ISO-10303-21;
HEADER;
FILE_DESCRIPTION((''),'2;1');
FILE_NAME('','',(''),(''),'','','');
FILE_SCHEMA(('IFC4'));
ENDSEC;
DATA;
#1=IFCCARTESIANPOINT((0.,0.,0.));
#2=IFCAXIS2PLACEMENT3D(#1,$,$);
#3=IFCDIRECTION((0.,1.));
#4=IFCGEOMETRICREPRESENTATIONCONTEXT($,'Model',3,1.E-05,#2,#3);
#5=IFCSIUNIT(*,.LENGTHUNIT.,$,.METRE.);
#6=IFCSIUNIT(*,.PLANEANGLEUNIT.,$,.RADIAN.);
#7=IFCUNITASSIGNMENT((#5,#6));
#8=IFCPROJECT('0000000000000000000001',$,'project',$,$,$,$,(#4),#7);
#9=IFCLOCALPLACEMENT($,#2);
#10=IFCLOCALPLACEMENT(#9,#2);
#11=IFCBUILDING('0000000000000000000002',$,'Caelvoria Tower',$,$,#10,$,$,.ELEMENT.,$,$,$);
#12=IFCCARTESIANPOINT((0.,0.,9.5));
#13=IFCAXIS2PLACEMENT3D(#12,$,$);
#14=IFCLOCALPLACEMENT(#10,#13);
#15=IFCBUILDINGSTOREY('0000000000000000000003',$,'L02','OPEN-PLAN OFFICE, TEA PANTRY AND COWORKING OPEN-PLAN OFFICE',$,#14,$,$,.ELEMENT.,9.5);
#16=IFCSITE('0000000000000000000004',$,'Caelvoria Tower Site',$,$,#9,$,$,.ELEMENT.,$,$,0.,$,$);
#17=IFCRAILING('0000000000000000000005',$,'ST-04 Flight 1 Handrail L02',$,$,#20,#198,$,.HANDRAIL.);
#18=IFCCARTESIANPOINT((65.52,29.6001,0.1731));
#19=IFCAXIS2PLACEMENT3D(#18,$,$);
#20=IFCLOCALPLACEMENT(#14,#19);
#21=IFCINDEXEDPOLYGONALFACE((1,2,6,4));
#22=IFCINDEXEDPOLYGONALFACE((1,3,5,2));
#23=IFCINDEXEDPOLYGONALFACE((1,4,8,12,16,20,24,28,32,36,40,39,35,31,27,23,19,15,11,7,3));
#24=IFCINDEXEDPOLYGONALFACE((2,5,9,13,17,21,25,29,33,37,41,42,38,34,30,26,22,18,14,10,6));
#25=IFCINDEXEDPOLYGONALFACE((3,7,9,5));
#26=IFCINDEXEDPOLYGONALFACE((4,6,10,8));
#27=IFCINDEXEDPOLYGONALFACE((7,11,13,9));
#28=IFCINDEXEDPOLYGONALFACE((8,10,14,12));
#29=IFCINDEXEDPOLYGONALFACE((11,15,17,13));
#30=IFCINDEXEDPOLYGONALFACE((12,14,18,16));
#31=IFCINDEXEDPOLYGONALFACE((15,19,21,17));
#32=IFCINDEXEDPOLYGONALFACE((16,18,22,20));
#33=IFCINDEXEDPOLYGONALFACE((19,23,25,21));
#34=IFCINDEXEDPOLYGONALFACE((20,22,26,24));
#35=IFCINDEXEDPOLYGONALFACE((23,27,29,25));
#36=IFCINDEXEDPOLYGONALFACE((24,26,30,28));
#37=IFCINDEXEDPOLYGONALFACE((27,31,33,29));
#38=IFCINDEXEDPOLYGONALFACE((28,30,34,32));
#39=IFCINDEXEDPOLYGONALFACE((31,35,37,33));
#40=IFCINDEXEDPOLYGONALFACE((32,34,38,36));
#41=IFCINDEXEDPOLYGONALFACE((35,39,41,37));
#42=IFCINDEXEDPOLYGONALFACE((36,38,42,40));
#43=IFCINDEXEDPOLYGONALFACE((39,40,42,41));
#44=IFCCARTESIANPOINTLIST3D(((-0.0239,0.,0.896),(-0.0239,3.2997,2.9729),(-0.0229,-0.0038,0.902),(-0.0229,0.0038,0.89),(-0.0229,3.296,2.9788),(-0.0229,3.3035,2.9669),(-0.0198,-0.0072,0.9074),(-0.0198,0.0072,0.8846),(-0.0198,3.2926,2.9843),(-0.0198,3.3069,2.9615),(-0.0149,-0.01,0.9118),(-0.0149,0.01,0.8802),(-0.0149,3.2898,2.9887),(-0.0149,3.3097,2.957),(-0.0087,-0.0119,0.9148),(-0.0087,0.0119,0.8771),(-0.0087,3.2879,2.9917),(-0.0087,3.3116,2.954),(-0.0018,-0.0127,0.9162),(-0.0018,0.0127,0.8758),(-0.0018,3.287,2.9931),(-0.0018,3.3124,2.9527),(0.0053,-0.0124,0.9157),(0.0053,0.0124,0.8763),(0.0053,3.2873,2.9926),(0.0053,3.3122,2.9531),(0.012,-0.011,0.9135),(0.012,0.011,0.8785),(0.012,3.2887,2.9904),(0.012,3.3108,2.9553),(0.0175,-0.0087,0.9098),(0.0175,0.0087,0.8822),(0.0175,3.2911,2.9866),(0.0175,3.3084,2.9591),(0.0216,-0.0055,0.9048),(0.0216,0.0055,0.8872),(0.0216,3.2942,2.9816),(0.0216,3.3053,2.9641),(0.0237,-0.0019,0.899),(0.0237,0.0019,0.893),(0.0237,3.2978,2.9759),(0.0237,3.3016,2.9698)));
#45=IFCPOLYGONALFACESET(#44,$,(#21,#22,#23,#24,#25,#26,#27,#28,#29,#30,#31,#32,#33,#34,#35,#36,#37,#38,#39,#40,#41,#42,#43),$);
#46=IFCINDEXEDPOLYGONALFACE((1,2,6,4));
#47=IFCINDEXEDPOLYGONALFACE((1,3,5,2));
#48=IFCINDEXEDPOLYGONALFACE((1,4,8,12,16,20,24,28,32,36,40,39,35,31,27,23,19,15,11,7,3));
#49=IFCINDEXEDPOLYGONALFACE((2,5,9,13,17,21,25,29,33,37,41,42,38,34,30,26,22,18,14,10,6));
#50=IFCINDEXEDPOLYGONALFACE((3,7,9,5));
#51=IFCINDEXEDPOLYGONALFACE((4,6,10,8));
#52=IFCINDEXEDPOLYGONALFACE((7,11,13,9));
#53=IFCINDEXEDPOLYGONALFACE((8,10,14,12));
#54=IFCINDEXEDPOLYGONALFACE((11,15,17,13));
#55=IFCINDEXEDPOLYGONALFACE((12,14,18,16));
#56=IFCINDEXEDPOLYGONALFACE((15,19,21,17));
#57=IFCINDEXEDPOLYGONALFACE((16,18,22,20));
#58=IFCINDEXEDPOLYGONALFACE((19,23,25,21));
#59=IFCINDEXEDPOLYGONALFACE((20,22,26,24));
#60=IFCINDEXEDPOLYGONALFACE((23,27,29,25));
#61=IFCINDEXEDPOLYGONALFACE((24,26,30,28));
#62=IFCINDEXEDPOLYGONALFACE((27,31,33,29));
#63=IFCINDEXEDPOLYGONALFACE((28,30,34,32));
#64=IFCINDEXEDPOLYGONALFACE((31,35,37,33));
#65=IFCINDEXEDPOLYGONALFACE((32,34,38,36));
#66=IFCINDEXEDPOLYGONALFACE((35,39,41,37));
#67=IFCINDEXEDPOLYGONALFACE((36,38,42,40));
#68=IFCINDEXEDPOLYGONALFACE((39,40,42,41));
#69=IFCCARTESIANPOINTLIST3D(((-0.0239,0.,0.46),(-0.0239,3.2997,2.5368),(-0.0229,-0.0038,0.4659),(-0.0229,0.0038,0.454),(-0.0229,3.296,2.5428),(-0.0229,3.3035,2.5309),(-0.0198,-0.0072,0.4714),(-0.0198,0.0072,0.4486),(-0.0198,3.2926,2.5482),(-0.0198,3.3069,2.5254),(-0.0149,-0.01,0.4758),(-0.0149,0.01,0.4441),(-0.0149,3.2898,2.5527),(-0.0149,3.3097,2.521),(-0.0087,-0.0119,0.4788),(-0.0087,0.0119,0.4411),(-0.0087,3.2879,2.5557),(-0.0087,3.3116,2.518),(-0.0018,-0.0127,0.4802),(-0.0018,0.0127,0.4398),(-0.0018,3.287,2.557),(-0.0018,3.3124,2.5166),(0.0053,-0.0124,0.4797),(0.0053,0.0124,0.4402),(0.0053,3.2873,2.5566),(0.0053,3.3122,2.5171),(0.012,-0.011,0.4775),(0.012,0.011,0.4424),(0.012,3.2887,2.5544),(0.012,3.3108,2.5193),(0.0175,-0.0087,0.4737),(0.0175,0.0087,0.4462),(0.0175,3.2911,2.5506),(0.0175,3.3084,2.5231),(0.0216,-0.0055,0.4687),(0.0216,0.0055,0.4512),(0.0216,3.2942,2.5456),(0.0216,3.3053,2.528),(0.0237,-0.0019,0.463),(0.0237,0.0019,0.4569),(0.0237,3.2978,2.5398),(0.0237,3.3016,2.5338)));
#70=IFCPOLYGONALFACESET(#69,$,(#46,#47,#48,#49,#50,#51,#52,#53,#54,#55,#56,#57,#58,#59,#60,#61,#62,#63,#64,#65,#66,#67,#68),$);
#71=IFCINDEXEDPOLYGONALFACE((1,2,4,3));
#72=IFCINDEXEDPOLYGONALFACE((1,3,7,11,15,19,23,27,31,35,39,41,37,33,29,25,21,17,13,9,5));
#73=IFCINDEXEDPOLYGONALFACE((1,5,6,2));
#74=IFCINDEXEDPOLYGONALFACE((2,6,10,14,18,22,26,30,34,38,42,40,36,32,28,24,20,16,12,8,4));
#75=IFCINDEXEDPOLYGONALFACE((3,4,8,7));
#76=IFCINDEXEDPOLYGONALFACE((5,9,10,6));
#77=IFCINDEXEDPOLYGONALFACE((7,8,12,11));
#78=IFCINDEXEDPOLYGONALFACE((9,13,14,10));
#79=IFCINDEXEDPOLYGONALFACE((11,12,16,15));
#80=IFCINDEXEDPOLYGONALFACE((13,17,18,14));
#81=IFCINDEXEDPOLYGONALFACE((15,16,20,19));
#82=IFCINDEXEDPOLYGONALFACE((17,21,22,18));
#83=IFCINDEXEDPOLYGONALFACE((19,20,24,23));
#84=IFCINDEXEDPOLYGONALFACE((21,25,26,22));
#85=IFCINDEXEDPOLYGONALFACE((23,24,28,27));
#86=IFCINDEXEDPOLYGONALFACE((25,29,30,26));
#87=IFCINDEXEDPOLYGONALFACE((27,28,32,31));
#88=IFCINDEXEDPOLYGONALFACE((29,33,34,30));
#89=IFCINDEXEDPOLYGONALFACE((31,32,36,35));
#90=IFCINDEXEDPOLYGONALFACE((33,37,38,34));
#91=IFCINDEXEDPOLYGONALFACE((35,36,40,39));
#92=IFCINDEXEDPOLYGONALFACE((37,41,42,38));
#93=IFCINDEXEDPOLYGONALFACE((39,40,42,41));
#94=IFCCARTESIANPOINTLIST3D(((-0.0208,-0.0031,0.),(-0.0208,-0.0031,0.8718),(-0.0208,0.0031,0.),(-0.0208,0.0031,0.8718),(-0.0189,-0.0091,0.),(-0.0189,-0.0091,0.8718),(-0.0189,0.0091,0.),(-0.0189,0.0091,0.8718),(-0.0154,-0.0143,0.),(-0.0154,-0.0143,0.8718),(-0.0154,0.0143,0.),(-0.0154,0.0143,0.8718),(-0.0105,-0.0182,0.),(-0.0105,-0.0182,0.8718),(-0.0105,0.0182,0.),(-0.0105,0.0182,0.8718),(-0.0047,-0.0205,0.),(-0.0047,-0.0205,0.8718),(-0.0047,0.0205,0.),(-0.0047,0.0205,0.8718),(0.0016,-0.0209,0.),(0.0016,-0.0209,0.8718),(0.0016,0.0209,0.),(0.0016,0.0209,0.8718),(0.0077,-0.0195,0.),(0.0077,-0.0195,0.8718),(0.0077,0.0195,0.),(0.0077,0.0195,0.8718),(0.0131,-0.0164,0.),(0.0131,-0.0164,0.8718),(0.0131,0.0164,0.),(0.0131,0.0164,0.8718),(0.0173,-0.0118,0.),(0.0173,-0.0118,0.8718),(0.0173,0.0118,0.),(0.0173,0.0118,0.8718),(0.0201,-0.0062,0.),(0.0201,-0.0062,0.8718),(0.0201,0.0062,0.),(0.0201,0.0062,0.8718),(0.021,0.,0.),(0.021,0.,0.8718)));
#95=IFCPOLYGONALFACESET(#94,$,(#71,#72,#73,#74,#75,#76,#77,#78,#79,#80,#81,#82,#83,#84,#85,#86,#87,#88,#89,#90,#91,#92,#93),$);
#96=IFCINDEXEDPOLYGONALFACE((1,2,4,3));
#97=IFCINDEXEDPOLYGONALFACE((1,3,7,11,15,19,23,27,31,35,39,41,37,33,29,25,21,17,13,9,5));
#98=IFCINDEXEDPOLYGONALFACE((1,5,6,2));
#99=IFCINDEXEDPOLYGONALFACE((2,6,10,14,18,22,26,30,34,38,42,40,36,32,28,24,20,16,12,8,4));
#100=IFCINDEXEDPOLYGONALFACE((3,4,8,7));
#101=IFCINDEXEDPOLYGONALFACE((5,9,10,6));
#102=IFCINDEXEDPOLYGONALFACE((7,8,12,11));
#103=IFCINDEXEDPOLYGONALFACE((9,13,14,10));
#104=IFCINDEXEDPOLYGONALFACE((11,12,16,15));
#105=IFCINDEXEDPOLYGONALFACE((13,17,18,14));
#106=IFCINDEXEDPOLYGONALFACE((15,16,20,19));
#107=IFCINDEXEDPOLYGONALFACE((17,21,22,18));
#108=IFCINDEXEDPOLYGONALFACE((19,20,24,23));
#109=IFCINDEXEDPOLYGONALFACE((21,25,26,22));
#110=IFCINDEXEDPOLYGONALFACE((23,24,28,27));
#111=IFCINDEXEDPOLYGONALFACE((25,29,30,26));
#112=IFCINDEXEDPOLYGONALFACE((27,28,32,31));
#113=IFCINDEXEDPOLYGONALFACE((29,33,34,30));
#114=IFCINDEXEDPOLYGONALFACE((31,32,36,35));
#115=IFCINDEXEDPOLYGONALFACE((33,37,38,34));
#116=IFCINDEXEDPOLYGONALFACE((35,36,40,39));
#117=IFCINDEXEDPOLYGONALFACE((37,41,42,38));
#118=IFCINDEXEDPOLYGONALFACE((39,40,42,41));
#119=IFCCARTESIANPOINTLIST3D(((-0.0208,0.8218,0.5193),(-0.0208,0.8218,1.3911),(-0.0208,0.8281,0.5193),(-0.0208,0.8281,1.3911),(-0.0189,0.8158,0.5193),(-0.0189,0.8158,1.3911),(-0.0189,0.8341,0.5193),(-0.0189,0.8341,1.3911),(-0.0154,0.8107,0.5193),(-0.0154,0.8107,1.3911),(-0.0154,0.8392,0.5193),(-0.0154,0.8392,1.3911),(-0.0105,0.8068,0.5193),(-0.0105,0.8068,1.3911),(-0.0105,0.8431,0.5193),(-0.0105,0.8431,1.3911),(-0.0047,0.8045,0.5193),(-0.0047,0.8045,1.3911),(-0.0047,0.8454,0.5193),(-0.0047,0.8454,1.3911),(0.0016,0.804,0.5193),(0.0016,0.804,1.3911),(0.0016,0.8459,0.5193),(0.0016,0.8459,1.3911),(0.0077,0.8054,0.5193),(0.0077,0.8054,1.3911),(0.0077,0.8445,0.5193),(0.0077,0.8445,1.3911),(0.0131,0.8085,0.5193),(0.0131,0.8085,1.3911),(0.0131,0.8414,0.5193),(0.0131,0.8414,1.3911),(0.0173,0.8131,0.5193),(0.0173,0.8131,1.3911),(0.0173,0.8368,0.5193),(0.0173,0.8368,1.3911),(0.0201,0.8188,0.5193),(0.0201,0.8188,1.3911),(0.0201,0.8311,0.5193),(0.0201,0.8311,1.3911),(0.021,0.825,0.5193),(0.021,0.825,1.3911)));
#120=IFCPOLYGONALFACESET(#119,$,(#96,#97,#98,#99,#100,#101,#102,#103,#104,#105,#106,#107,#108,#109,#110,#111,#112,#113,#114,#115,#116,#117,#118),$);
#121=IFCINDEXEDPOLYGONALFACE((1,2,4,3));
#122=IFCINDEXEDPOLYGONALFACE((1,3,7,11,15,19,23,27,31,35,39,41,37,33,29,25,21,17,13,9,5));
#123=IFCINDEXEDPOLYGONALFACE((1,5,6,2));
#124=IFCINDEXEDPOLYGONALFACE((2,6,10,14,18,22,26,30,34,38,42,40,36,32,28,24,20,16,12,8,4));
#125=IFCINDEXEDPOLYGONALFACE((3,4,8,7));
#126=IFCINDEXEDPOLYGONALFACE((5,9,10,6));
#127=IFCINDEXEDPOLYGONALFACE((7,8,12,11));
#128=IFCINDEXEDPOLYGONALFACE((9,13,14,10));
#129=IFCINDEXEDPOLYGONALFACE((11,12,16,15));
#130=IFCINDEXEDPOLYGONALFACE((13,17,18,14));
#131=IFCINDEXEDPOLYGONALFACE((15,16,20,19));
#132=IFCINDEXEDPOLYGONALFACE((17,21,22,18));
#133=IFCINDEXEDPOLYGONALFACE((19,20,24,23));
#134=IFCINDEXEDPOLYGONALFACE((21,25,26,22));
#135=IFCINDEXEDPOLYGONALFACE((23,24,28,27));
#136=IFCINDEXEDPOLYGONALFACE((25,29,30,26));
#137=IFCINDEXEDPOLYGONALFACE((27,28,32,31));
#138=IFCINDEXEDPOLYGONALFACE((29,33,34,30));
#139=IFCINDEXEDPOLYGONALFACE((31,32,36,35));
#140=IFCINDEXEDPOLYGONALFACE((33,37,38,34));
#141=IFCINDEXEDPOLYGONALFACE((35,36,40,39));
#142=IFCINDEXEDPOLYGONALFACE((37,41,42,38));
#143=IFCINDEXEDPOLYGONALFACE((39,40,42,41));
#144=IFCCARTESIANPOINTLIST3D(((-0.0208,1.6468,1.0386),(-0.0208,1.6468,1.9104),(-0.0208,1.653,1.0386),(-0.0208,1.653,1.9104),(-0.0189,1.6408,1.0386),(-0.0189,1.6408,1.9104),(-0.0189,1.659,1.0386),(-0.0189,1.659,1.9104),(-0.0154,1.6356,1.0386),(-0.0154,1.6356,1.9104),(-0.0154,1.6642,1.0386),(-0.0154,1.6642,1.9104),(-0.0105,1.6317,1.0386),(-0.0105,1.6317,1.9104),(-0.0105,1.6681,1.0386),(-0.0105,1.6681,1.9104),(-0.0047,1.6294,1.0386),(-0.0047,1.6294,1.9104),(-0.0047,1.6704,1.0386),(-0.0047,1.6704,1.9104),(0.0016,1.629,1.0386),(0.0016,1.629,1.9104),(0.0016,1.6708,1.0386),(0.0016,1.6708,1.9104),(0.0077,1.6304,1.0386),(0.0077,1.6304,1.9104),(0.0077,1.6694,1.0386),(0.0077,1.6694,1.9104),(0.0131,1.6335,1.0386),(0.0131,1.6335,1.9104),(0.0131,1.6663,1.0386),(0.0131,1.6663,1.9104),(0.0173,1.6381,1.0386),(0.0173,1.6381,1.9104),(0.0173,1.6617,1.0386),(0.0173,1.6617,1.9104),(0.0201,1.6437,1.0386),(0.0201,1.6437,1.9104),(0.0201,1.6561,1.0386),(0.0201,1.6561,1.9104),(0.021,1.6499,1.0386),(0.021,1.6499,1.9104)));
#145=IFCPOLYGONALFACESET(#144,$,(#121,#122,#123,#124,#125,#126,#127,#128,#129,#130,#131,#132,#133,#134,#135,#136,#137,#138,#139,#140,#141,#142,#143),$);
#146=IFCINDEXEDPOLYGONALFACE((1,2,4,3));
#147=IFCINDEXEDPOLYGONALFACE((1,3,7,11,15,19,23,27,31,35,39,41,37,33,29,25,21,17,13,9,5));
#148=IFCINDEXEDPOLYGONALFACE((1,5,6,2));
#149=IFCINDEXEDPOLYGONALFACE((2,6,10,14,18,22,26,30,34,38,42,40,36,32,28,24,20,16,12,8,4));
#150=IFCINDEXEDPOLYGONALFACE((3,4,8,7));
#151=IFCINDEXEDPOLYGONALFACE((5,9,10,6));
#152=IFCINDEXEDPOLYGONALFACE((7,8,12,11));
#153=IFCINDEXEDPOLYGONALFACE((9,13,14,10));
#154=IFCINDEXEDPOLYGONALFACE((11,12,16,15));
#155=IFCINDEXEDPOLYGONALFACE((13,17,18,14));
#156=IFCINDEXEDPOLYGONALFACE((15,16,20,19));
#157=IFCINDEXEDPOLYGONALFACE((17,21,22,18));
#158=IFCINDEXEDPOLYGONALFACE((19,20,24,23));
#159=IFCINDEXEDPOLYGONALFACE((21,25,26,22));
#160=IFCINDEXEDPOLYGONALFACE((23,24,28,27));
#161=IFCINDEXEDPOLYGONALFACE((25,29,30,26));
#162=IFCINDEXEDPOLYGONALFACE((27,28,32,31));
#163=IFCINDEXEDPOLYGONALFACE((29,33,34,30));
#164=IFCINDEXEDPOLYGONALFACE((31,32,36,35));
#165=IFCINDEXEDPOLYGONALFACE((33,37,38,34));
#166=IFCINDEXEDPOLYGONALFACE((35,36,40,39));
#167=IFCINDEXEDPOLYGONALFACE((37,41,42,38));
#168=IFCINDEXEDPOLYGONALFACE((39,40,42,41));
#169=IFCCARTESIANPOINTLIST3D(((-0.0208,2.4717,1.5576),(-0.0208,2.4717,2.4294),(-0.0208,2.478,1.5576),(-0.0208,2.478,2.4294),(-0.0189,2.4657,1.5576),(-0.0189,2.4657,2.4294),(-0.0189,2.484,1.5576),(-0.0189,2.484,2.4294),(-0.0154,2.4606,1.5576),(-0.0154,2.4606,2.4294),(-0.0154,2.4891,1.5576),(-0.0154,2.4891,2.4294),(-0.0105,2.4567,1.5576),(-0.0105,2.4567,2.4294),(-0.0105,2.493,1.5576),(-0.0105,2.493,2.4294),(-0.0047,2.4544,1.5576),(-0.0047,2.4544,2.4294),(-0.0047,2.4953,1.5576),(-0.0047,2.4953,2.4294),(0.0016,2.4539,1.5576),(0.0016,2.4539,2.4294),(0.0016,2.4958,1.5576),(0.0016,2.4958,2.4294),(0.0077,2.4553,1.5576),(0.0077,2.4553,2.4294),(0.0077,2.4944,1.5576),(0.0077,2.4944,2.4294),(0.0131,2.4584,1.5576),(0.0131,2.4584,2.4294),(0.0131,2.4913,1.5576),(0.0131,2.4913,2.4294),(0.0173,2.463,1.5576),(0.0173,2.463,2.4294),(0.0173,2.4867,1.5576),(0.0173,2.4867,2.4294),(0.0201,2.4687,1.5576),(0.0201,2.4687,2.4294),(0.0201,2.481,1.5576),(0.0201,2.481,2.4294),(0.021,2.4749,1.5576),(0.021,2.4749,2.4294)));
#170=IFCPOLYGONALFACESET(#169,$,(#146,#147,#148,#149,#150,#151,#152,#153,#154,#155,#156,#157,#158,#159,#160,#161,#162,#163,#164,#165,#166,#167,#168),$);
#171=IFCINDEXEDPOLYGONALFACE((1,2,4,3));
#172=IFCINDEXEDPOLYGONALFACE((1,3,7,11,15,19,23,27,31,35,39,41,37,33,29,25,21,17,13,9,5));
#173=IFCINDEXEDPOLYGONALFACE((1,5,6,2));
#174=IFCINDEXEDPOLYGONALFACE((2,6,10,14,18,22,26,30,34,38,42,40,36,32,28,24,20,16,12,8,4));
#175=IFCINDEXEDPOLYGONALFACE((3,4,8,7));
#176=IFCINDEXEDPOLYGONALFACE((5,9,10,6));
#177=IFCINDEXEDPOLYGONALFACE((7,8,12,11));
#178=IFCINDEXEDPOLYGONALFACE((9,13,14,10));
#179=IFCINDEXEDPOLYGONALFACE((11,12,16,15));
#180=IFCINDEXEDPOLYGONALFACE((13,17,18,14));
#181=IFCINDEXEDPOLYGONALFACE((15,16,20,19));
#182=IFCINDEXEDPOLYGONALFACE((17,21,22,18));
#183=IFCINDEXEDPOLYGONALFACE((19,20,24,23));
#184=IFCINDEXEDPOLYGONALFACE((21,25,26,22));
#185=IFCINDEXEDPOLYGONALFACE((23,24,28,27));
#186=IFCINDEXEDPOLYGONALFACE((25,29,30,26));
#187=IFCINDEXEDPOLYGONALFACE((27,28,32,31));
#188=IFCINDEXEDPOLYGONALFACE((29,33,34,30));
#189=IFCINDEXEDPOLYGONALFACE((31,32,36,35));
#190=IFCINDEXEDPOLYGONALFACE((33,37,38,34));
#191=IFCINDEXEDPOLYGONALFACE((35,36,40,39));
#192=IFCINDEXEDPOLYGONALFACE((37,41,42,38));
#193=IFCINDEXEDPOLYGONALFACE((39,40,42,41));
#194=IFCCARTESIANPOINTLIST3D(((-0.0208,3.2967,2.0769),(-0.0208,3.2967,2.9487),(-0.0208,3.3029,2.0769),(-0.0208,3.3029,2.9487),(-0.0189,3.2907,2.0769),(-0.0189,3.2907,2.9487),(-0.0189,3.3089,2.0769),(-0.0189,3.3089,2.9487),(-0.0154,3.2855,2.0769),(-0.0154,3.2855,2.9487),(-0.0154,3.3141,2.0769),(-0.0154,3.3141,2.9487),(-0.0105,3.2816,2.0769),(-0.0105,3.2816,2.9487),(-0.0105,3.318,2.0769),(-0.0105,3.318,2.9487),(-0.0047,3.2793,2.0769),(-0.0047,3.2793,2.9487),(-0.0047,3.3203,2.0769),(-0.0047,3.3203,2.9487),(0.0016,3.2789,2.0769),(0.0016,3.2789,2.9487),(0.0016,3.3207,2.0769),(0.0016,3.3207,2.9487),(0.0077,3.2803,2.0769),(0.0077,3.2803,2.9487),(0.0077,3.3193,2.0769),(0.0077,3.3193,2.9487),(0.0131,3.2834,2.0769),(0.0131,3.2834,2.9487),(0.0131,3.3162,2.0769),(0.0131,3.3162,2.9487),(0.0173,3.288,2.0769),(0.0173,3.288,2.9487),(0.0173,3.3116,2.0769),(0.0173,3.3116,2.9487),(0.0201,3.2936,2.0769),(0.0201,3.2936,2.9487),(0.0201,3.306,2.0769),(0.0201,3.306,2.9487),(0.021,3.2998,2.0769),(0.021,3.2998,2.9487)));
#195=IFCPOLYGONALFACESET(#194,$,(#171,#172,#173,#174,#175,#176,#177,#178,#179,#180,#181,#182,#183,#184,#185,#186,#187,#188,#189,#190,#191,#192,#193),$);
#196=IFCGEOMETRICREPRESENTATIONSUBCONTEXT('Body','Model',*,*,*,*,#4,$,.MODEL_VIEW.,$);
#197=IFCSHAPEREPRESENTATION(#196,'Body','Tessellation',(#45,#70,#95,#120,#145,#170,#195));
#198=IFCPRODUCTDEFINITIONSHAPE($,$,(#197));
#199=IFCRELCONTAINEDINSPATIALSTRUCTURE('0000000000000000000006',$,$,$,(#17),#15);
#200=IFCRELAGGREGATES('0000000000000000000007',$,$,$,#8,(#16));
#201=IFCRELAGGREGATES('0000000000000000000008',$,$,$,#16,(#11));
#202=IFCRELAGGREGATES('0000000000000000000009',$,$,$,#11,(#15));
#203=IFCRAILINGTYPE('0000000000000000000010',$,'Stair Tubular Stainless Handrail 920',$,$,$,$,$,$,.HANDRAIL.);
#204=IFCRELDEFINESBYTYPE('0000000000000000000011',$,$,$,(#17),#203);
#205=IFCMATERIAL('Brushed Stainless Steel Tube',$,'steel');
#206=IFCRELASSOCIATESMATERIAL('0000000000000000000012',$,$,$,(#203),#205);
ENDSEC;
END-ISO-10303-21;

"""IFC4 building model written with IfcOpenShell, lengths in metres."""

from ifc_helpers import new_model, si_unit, direction, frame, origin, origin_2d, place, context, subcontext, project, spatial, circle, extrude, material, type_object, element, save


model = new_model("IFC4")

# Units and contexts
model_context = context("Model", 3, precision=1e-05, world=origin(), true_north=direction((0.0, 1.0)))
body_context = subcontext(model_context, "Body", "Model", "MODEL_VIEW")
ifc_project = project(units=[si_unit("LENGTHUNIT", "METRE"), si_unit("PLANEANGLEUNIT", "RADIAN")], contexts=[model_context])

# Site, building, storey
site_placement = place(None, origin())
site = spatial("IfcSite", under=ifc_project, at=site_placement, Name="Caelvoria Tower Site", CompositionType="ELEMENT", RefElevation=0.0)
building_placement = place(site_placement, origin())
building = spatial("IfcBuilding", under=site, at=building_placement, Name="Caelvoria Tower", CompositionType="ELEMENT")
storey_placement = place(building_placement, frame((0.0, 0.0, 9.5)))
storey = spatial("IfcBuildingStorey", under=building, at=storey_placement, Name="L02", Description="OPEN-PLAN OFFICE, TEA PANTRY AND COWORKING OPEN-PLAN OFFICE", CompositionType="ELEMENT", Elevation=9.5)

# Railing
ifc_material_1 = material(Name="Brushed Stainless Steel Tube", Category="steel")
railing_type = type_object("IfcRailingType", Name="Stair Tubular Stainless Handrail 920", PredefinedType="HANDRAIL", material=ifc_material_1)
railing_placement = place(storey_placement, frame((65.52, 29.6001, 0.1731)))
element("IfcRailing", 1, at=railing_placement, inside=storey, type_object=railing_type, Name="ST-04 Flight 1 Handrail L02", PredefinedType="HANDRAIL", context=body_context, shape_type="SweptSolid", body=[
    extrude(circle(Radius=0.0239, at=origin_2d()), frame((0.0, 0.0, 0.896), z_axis=(0.0, 0.84632, 0.532675), x_axis=(-1.0, 0.0, 0.0)), (0.0, 0.0, 1.0), 3.8989),
    extrude(circle(Radius=0.0239, at=origin_2d()), frame((0.0, 0.0, 0.46), z_axis=(0.0, 0.84632, 0.532675), x_axis=(-1.0, 0.0, 0.0)), (0.0, 0.0, 1.0), 3.8989),
    extrude(circle(Radius=0.021, at=origin_2d()), origin(), (0.0, 0.0, 1.0), 0.8718),
    extrude(circle(Radius=0.021, at=origin_2d()), frame((0.0, 0.825, 0.5193)), (0.0, 0.0, 1.0), 0.8718),
    extrude(circle(Radius=0.021, at=origin_2d()), frame((0.0, 1.6499, 1.0386)), (0.0, 0.0, 1.0), 0.8718),
    extrude(circle(Radius=0.021, at=origin_2d()), frame((0.0, 2.4749, 1.5576)), (0.0, 0.0, 1.0), 0.8718),
    extrude(circle(Radius=0.021, at=origin_2d()), frame((0.0, 3.2998, 2.0769)), (0.0, 0.0, 1.0), 0.8718),
])

save(model, "model.ifc")
